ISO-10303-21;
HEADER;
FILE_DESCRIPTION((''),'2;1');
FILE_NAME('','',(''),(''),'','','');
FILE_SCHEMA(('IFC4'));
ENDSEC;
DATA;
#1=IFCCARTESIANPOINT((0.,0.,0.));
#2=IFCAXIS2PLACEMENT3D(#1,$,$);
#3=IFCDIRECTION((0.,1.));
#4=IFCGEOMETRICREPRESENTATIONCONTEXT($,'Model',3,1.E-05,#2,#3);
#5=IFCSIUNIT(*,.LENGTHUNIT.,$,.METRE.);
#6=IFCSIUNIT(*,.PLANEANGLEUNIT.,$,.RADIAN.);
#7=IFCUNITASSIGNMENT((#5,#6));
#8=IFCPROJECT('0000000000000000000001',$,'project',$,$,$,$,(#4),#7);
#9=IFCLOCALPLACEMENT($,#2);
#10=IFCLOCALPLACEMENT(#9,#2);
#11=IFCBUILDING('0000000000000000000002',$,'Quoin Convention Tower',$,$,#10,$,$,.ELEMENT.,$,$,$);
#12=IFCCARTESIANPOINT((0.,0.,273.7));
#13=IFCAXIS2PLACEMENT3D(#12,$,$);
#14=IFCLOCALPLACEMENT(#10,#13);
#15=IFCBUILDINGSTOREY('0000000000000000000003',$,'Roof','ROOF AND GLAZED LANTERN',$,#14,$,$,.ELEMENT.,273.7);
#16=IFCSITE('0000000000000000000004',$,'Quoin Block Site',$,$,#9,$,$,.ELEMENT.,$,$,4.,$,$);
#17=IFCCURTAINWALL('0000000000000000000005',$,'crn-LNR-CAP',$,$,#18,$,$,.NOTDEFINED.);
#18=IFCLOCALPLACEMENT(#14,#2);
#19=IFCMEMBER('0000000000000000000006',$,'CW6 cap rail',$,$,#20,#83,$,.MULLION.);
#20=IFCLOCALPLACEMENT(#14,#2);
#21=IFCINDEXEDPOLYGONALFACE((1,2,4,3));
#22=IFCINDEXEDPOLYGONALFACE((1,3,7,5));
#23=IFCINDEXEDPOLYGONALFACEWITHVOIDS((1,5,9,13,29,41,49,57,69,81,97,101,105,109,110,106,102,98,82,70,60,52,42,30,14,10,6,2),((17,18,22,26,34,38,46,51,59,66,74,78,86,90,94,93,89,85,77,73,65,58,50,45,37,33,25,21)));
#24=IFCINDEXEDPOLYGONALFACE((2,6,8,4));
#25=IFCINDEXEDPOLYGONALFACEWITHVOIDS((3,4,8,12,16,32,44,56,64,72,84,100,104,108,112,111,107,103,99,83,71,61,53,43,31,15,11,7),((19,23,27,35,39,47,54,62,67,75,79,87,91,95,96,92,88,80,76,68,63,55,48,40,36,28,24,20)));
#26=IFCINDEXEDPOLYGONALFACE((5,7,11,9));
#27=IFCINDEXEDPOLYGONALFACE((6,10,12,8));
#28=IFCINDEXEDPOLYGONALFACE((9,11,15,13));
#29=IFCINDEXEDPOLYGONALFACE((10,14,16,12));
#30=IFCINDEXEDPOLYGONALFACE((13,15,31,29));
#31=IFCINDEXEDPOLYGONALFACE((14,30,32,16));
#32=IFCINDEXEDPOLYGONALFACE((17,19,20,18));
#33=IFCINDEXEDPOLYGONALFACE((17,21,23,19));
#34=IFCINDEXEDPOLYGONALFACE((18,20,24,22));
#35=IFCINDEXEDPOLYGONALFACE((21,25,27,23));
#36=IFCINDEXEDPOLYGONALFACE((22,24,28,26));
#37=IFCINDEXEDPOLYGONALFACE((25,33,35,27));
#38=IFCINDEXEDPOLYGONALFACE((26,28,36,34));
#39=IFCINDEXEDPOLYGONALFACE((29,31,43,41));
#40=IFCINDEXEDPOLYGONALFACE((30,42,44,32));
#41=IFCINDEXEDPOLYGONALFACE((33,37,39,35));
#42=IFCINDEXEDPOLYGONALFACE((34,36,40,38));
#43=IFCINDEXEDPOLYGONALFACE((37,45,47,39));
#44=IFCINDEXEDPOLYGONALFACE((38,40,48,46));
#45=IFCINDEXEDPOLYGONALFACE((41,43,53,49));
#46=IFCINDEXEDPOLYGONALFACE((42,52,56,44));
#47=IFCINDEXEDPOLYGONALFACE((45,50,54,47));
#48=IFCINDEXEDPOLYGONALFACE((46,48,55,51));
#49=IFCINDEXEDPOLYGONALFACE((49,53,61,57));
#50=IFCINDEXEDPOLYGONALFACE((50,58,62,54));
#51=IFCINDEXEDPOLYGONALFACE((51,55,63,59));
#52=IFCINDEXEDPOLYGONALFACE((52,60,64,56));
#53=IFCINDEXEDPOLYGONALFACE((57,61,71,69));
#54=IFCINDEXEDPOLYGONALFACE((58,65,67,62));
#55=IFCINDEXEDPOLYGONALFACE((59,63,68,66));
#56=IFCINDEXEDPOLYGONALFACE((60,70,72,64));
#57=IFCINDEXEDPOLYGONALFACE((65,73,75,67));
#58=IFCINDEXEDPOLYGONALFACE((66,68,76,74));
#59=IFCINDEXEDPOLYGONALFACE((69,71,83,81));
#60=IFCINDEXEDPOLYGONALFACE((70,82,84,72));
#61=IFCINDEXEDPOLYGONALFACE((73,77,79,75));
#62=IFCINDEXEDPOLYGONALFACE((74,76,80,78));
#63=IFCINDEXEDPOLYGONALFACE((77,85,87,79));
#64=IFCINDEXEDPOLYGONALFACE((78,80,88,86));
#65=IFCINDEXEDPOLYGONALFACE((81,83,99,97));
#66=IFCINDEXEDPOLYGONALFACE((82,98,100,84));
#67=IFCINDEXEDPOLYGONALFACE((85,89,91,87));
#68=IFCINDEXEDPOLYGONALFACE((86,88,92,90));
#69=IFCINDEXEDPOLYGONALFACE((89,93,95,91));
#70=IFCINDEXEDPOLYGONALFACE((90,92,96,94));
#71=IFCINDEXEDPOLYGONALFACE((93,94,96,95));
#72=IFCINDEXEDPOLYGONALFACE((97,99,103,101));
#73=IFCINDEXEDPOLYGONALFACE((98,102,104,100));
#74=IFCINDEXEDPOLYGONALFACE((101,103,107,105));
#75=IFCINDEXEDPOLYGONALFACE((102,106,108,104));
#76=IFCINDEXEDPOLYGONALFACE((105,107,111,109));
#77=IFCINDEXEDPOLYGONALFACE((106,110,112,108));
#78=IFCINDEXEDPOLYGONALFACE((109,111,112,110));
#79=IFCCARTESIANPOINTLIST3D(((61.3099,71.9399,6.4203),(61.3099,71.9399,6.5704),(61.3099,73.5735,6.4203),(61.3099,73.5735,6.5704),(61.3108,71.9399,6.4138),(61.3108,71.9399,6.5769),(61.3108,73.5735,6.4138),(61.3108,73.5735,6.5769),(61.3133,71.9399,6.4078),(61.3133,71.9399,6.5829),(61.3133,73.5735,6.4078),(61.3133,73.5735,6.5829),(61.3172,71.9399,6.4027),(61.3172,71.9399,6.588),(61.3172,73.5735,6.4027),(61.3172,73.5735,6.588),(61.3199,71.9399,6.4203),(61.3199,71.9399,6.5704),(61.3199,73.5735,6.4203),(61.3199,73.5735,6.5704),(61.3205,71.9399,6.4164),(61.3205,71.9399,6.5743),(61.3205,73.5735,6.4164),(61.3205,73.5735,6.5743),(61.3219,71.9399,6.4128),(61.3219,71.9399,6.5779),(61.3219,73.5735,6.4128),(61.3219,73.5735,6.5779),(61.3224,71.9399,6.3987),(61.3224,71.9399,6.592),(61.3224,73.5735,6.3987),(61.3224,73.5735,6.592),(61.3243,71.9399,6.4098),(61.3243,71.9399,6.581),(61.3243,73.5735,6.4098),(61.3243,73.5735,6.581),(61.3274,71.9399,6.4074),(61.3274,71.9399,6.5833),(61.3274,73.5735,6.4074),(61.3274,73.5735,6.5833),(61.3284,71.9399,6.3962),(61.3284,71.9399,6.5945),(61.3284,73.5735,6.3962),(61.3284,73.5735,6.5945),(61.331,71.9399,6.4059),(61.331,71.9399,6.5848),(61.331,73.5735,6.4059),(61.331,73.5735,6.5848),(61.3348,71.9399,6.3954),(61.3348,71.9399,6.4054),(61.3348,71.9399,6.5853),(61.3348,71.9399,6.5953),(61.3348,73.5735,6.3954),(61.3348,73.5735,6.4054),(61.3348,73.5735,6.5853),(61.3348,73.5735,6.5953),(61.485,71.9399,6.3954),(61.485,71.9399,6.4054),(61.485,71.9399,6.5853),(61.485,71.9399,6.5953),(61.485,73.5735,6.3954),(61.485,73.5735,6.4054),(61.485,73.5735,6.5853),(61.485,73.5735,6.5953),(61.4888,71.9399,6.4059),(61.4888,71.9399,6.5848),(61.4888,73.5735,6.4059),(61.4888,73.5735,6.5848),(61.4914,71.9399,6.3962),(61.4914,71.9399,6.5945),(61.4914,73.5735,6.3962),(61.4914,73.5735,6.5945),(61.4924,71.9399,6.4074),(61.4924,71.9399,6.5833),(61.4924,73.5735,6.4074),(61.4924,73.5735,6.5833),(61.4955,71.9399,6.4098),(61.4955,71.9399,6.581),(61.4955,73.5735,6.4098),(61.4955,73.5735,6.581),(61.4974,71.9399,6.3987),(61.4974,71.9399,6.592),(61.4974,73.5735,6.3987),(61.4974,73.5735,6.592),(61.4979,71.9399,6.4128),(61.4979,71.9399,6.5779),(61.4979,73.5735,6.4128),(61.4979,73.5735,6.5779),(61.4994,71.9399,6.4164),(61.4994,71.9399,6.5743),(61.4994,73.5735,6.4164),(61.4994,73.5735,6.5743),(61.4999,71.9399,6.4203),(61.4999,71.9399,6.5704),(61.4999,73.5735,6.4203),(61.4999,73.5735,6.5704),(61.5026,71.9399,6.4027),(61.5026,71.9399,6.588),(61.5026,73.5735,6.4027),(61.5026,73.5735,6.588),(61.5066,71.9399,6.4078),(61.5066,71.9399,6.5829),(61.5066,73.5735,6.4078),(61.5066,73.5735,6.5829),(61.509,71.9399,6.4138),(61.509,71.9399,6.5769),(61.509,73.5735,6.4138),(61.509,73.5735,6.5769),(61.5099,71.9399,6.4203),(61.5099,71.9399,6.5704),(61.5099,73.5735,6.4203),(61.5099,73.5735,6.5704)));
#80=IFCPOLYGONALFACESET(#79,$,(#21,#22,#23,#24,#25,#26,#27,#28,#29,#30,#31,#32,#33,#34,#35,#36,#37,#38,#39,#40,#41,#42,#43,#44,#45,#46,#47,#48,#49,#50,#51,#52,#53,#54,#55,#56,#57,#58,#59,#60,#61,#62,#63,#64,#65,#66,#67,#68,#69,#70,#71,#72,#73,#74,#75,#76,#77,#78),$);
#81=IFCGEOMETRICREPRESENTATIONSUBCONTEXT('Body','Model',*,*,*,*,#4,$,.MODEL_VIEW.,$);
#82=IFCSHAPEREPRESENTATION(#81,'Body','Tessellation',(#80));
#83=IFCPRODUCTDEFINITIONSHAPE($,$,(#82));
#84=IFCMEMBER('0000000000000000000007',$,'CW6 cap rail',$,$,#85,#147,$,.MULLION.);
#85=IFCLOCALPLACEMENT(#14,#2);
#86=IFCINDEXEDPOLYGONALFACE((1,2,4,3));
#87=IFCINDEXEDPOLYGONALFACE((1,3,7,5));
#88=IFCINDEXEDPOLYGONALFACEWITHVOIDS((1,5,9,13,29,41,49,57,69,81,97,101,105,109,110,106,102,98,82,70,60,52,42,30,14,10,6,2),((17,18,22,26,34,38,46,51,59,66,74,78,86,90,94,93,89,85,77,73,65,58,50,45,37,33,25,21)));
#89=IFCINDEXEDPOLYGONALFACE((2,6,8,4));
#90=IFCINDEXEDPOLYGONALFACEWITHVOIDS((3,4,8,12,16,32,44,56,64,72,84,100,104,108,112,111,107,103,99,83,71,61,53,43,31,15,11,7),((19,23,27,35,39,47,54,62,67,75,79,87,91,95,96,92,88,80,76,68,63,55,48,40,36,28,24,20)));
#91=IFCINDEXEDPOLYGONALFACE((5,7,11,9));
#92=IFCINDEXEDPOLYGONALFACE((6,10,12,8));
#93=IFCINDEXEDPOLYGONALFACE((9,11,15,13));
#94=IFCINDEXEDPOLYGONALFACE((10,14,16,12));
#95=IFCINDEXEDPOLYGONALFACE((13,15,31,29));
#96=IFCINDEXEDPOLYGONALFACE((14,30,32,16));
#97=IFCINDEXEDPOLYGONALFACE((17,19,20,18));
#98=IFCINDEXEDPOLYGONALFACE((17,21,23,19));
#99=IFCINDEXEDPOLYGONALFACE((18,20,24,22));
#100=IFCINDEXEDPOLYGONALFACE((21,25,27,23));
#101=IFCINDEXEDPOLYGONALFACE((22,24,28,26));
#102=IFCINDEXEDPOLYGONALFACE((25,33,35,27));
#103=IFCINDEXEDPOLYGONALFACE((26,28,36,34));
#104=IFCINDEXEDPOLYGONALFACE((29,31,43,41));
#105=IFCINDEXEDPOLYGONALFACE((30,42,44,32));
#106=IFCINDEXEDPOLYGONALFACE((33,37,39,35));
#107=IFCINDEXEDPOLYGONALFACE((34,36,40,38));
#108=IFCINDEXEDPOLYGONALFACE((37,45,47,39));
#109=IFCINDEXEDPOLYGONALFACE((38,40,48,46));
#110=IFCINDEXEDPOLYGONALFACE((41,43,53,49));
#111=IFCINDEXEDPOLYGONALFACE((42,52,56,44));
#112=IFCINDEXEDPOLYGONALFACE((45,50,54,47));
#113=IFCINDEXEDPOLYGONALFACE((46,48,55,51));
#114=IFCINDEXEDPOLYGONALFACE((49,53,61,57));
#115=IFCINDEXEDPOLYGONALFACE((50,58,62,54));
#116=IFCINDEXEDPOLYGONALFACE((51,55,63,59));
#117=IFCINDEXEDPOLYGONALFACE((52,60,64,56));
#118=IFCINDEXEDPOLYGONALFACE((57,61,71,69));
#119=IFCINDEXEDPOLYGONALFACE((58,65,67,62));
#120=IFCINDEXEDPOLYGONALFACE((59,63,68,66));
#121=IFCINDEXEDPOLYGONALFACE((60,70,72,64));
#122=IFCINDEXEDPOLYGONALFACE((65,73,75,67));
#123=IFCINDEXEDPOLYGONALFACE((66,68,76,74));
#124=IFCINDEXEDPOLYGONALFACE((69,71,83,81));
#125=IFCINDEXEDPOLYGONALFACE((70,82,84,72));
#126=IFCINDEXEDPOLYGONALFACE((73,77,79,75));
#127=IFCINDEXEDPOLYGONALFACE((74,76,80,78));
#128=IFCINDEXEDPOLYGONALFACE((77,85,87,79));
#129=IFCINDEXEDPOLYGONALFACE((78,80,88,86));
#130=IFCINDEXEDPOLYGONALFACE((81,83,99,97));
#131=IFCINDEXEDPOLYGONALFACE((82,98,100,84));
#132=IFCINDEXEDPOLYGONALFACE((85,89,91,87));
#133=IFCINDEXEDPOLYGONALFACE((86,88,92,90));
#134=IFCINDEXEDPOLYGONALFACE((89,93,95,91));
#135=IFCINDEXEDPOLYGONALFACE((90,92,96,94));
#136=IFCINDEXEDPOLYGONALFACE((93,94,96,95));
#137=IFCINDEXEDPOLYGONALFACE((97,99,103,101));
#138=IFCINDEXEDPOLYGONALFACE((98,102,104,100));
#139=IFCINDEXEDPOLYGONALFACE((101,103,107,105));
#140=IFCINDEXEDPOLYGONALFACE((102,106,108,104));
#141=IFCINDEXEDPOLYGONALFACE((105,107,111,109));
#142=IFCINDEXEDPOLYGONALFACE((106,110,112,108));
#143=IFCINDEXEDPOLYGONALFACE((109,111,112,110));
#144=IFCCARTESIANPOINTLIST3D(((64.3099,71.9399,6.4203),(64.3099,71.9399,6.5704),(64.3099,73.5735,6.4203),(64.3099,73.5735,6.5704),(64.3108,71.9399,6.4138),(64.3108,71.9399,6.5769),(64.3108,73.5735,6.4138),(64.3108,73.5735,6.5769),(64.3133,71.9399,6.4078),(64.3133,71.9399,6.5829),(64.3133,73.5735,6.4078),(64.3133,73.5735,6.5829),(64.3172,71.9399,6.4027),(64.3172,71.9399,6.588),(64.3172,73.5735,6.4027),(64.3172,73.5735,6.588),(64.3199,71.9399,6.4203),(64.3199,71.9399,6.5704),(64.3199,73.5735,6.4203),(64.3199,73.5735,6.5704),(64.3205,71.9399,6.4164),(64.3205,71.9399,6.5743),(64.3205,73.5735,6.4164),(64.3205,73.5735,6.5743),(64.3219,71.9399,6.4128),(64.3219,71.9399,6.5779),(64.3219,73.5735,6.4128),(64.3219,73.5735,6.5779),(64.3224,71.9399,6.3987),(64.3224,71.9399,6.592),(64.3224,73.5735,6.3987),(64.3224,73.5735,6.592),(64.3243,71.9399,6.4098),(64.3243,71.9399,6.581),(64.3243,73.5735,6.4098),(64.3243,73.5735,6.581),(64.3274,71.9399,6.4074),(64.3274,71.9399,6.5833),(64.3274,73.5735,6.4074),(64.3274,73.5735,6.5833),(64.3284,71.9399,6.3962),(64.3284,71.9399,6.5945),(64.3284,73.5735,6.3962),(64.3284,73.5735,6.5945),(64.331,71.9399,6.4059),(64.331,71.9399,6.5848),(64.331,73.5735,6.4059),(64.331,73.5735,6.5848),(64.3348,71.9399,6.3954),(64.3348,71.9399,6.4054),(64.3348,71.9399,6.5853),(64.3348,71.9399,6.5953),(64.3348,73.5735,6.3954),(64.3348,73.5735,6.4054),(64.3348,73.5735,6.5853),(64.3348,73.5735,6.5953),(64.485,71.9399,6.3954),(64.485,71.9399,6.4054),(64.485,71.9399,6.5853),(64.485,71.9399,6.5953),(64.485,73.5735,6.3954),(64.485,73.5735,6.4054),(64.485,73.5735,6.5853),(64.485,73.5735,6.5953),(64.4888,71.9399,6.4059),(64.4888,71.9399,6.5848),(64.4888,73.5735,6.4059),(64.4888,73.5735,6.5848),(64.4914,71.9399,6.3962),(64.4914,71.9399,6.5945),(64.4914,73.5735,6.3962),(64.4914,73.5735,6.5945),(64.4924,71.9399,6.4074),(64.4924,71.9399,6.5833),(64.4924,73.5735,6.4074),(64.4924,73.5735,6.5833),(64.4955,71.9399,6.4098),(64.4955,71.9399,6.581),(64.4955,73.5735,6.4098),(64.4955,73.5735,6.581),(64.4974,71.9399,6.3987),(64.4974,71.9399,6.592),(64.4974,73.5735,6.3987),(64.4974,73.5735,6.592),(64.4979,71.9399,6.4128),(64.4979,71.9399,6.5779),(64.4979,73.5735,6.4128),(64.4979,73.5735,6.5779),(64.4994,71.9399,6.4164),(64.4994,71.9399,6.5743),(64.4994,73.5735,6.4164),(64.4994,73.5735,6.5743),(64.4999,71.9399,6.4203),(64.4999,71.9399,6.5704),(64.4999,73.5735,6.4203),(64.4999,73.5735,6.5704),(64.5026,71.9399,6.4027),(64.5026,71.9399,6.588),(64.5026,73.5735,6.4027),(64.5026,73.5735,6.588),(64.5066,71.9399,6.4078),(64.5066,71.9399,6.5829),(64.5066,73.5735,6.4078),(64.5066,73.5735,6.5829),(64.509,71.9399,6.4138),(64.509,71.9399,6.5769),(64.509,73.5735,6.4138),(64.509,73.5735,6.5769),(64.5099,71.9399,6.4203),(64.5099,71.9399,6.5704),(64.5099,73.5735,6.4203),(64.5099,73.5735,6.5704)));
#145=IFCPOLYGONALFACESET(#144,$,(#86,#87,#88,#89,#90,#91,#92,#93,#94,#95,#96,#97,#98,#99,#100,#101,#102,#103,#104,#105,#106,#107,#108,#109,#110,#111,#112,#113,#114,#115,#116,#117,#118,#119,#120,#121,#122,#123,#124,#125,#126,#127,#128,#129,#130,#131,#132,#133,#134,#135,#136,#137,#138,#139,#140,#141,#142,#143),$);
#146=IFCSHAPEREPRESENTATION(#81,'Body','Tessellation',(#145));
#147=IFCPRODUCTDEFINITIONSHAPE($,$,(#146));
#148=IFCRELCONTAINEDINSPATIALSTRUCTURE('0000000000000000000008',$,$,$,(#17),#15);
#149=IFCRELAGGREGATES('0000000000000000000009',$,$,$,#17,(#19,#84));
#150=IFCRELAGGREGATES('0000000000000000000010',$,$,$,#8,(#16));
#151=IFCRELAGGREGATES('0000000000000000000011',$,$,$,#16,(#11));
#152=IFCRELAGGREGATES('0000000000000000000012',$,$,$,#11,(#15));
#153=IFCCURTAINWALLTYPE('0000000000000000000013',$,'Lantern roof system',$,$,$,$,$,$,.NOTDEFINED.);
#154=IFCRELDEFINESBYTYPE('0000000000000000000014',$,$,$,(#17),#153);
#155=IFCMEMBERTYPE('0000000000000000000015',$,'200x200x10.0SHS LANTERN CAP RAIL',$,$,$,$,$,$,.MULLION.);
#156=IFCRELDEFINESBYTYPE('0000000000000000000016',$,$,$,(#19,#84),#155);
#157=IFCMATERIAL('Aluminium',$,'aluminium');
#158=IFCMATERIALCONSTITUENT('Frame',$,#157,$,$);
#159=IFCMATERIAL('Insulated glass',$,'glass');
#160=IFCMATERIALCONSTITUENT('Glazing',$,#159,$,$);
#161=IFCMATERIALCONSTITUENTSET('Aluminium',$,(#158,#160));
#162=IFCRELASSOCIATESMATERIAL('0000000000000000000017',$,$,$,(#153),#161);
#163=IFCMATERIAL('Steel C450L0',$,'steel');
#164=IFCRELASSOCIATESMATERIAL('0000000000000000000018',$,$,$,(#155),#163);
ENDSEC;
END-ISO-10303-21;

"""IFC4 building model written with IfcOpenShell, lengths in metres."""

from ifc_helpers import new_model, si_unit, direction, frame, origin, origin_2d, place, context, subcontext, project, spatial, hollow_rectangle, extrude, material, constituent, constituent_set, material_profile, profile_set, type_object, element, aggregate, save


model = new_model("IFC4")

# Units and contexts
model_context = context("Model", 3, precision=1e-05, world=origin(), true_north=direction((0.0, 1.0)))
body_context = subcontext(model_context, "Body", "Model", "MODEL_VIEW")
ifc_project = project(units=[si_unit("LENGTHUNIT", "METRE"), si_unit("PLANEANGLEUNIT", "RADIAN")], contexts=[model_context])

# Site, building, storey
site_placement = place(None, origin())
site = spatial("IfcSite", under=ifc_project, at=site_placement, Name="Quoin Block Site", CompositionType="ELEMENT", RefElevation=4.0)
building_placement = place(site_placement, origin())
building = spatial("IfcBuilding", under=site, at=building_placement, Name="Quoin Convention Tower", CompositionType="ELEMENT")
storey_placement = place(building_placement, frame((0.0, 0.0, 273.7)))
storey = spatial("IfcBuildingStorey", under=building, at=storey_placement, Name="Roof", Description="ROOF AND GLAZED LANTERN", CompositionType="ELEMENT", Elevation=273.7)

# Shared definitions
ifc_material_1 = material(Name="Steel C450L0", Category="steel")

# Curtain wall, members
ifc_material_2 = material(Name="Aluminium", Category="aluminium")
ifc_constituent_1 = constituent(ifc_material_2, Name="Frame")
ifc_material_3 = material(Name="Insulated glass", Category="glass")
ifc_constituent_2 = constituent(ifc_material_3, Name="Glazing")
ifc_constituent_set = constituent_set(constituents=[ifc_constituent_1, ifc_constituent_2], Name="Aluminium")
curtain_wall_type = type_object("IfcCurtainWallType", Name="Lantern roof system", PredefinedType="NOTDEFINED", material=ifc_constituent_set)
curtain_wall_placement = place(storey_placement, origin())
curtain_wall = element("IfcCurtainWall", 1, at=curtain_wall_placement, inside=storey, type_object=curtain_wall_type, Name="crn-LNR-CAP", PredefinedType="NOTDEFINED")
ifc_material_profile_1 = material_profile(ifc_material_1, hollow_rectangle(XDim=0.2, YDim=0.2, WallThickness=0.01, InnerFilletRadius=0.0149, OuterFilletRadius=0.0249, at=origin_2d()), Name="200x200x10.0SHS")
ifc_profile_set_1 = profile_set([ifc_material_profile_1], Name="Steel C450L0")
member_type_1 = type_object("IfcMemberType", Name="200x200x10.0SHS LANTERN CAP RAIL", PredefinedType="MULLION", material=ifc_profile_set_1)
member_1_placement = place(storey_placement, frame((61.4099, 71.9399, 6.4954), z_axis=(0.0, 1.0, 0.0), x_axis=(-1.0, 0.0, 0.0)))
member_1 = element("IfcMember", 2, at=member_1_placement, type_object=member_type_1, Name="CW6 cap rail", PredefinedType="MULLION", context=body_context, shape_type="SweptSolid", body=[
    extrude(hollow_rectangle(XDim=0.2, YDim=0.2, WallThickness=0.01, InnerFilletRadius=0.0149, OuterFilletRadius=0.0249, at=origin_2d()), origin(), (0.0, 0.0, 1.0), 1.6335),
])
member_2_placement = place(storey_placement, frame((64.4099, 71.9399, 6.4954), z_axis=(0.0, 1.0, 0.0), x_axis=(-1.0, 0.0, 0.0)))
member_2 = element("IfcMember", 3, at=member_2_placement, type_object=member_type_1, Name="CW6 cap rail", PredefinedType="MULLION", context=body_context, shape_type="SweptSolid", body=[
    extrude(hollow_rectangle(XDim=0.2, YDim=0.2, WallThickness=0.01, InnerFilletRadius=0.0149, OuterFilletRadius=0.0249, at=origin_2d()), origin(), (0.0, 0.0, 1.0), 1.6335),
])
aggregate(curtain_wall, [member_1, member_2])

save(model, "model.ifc")
